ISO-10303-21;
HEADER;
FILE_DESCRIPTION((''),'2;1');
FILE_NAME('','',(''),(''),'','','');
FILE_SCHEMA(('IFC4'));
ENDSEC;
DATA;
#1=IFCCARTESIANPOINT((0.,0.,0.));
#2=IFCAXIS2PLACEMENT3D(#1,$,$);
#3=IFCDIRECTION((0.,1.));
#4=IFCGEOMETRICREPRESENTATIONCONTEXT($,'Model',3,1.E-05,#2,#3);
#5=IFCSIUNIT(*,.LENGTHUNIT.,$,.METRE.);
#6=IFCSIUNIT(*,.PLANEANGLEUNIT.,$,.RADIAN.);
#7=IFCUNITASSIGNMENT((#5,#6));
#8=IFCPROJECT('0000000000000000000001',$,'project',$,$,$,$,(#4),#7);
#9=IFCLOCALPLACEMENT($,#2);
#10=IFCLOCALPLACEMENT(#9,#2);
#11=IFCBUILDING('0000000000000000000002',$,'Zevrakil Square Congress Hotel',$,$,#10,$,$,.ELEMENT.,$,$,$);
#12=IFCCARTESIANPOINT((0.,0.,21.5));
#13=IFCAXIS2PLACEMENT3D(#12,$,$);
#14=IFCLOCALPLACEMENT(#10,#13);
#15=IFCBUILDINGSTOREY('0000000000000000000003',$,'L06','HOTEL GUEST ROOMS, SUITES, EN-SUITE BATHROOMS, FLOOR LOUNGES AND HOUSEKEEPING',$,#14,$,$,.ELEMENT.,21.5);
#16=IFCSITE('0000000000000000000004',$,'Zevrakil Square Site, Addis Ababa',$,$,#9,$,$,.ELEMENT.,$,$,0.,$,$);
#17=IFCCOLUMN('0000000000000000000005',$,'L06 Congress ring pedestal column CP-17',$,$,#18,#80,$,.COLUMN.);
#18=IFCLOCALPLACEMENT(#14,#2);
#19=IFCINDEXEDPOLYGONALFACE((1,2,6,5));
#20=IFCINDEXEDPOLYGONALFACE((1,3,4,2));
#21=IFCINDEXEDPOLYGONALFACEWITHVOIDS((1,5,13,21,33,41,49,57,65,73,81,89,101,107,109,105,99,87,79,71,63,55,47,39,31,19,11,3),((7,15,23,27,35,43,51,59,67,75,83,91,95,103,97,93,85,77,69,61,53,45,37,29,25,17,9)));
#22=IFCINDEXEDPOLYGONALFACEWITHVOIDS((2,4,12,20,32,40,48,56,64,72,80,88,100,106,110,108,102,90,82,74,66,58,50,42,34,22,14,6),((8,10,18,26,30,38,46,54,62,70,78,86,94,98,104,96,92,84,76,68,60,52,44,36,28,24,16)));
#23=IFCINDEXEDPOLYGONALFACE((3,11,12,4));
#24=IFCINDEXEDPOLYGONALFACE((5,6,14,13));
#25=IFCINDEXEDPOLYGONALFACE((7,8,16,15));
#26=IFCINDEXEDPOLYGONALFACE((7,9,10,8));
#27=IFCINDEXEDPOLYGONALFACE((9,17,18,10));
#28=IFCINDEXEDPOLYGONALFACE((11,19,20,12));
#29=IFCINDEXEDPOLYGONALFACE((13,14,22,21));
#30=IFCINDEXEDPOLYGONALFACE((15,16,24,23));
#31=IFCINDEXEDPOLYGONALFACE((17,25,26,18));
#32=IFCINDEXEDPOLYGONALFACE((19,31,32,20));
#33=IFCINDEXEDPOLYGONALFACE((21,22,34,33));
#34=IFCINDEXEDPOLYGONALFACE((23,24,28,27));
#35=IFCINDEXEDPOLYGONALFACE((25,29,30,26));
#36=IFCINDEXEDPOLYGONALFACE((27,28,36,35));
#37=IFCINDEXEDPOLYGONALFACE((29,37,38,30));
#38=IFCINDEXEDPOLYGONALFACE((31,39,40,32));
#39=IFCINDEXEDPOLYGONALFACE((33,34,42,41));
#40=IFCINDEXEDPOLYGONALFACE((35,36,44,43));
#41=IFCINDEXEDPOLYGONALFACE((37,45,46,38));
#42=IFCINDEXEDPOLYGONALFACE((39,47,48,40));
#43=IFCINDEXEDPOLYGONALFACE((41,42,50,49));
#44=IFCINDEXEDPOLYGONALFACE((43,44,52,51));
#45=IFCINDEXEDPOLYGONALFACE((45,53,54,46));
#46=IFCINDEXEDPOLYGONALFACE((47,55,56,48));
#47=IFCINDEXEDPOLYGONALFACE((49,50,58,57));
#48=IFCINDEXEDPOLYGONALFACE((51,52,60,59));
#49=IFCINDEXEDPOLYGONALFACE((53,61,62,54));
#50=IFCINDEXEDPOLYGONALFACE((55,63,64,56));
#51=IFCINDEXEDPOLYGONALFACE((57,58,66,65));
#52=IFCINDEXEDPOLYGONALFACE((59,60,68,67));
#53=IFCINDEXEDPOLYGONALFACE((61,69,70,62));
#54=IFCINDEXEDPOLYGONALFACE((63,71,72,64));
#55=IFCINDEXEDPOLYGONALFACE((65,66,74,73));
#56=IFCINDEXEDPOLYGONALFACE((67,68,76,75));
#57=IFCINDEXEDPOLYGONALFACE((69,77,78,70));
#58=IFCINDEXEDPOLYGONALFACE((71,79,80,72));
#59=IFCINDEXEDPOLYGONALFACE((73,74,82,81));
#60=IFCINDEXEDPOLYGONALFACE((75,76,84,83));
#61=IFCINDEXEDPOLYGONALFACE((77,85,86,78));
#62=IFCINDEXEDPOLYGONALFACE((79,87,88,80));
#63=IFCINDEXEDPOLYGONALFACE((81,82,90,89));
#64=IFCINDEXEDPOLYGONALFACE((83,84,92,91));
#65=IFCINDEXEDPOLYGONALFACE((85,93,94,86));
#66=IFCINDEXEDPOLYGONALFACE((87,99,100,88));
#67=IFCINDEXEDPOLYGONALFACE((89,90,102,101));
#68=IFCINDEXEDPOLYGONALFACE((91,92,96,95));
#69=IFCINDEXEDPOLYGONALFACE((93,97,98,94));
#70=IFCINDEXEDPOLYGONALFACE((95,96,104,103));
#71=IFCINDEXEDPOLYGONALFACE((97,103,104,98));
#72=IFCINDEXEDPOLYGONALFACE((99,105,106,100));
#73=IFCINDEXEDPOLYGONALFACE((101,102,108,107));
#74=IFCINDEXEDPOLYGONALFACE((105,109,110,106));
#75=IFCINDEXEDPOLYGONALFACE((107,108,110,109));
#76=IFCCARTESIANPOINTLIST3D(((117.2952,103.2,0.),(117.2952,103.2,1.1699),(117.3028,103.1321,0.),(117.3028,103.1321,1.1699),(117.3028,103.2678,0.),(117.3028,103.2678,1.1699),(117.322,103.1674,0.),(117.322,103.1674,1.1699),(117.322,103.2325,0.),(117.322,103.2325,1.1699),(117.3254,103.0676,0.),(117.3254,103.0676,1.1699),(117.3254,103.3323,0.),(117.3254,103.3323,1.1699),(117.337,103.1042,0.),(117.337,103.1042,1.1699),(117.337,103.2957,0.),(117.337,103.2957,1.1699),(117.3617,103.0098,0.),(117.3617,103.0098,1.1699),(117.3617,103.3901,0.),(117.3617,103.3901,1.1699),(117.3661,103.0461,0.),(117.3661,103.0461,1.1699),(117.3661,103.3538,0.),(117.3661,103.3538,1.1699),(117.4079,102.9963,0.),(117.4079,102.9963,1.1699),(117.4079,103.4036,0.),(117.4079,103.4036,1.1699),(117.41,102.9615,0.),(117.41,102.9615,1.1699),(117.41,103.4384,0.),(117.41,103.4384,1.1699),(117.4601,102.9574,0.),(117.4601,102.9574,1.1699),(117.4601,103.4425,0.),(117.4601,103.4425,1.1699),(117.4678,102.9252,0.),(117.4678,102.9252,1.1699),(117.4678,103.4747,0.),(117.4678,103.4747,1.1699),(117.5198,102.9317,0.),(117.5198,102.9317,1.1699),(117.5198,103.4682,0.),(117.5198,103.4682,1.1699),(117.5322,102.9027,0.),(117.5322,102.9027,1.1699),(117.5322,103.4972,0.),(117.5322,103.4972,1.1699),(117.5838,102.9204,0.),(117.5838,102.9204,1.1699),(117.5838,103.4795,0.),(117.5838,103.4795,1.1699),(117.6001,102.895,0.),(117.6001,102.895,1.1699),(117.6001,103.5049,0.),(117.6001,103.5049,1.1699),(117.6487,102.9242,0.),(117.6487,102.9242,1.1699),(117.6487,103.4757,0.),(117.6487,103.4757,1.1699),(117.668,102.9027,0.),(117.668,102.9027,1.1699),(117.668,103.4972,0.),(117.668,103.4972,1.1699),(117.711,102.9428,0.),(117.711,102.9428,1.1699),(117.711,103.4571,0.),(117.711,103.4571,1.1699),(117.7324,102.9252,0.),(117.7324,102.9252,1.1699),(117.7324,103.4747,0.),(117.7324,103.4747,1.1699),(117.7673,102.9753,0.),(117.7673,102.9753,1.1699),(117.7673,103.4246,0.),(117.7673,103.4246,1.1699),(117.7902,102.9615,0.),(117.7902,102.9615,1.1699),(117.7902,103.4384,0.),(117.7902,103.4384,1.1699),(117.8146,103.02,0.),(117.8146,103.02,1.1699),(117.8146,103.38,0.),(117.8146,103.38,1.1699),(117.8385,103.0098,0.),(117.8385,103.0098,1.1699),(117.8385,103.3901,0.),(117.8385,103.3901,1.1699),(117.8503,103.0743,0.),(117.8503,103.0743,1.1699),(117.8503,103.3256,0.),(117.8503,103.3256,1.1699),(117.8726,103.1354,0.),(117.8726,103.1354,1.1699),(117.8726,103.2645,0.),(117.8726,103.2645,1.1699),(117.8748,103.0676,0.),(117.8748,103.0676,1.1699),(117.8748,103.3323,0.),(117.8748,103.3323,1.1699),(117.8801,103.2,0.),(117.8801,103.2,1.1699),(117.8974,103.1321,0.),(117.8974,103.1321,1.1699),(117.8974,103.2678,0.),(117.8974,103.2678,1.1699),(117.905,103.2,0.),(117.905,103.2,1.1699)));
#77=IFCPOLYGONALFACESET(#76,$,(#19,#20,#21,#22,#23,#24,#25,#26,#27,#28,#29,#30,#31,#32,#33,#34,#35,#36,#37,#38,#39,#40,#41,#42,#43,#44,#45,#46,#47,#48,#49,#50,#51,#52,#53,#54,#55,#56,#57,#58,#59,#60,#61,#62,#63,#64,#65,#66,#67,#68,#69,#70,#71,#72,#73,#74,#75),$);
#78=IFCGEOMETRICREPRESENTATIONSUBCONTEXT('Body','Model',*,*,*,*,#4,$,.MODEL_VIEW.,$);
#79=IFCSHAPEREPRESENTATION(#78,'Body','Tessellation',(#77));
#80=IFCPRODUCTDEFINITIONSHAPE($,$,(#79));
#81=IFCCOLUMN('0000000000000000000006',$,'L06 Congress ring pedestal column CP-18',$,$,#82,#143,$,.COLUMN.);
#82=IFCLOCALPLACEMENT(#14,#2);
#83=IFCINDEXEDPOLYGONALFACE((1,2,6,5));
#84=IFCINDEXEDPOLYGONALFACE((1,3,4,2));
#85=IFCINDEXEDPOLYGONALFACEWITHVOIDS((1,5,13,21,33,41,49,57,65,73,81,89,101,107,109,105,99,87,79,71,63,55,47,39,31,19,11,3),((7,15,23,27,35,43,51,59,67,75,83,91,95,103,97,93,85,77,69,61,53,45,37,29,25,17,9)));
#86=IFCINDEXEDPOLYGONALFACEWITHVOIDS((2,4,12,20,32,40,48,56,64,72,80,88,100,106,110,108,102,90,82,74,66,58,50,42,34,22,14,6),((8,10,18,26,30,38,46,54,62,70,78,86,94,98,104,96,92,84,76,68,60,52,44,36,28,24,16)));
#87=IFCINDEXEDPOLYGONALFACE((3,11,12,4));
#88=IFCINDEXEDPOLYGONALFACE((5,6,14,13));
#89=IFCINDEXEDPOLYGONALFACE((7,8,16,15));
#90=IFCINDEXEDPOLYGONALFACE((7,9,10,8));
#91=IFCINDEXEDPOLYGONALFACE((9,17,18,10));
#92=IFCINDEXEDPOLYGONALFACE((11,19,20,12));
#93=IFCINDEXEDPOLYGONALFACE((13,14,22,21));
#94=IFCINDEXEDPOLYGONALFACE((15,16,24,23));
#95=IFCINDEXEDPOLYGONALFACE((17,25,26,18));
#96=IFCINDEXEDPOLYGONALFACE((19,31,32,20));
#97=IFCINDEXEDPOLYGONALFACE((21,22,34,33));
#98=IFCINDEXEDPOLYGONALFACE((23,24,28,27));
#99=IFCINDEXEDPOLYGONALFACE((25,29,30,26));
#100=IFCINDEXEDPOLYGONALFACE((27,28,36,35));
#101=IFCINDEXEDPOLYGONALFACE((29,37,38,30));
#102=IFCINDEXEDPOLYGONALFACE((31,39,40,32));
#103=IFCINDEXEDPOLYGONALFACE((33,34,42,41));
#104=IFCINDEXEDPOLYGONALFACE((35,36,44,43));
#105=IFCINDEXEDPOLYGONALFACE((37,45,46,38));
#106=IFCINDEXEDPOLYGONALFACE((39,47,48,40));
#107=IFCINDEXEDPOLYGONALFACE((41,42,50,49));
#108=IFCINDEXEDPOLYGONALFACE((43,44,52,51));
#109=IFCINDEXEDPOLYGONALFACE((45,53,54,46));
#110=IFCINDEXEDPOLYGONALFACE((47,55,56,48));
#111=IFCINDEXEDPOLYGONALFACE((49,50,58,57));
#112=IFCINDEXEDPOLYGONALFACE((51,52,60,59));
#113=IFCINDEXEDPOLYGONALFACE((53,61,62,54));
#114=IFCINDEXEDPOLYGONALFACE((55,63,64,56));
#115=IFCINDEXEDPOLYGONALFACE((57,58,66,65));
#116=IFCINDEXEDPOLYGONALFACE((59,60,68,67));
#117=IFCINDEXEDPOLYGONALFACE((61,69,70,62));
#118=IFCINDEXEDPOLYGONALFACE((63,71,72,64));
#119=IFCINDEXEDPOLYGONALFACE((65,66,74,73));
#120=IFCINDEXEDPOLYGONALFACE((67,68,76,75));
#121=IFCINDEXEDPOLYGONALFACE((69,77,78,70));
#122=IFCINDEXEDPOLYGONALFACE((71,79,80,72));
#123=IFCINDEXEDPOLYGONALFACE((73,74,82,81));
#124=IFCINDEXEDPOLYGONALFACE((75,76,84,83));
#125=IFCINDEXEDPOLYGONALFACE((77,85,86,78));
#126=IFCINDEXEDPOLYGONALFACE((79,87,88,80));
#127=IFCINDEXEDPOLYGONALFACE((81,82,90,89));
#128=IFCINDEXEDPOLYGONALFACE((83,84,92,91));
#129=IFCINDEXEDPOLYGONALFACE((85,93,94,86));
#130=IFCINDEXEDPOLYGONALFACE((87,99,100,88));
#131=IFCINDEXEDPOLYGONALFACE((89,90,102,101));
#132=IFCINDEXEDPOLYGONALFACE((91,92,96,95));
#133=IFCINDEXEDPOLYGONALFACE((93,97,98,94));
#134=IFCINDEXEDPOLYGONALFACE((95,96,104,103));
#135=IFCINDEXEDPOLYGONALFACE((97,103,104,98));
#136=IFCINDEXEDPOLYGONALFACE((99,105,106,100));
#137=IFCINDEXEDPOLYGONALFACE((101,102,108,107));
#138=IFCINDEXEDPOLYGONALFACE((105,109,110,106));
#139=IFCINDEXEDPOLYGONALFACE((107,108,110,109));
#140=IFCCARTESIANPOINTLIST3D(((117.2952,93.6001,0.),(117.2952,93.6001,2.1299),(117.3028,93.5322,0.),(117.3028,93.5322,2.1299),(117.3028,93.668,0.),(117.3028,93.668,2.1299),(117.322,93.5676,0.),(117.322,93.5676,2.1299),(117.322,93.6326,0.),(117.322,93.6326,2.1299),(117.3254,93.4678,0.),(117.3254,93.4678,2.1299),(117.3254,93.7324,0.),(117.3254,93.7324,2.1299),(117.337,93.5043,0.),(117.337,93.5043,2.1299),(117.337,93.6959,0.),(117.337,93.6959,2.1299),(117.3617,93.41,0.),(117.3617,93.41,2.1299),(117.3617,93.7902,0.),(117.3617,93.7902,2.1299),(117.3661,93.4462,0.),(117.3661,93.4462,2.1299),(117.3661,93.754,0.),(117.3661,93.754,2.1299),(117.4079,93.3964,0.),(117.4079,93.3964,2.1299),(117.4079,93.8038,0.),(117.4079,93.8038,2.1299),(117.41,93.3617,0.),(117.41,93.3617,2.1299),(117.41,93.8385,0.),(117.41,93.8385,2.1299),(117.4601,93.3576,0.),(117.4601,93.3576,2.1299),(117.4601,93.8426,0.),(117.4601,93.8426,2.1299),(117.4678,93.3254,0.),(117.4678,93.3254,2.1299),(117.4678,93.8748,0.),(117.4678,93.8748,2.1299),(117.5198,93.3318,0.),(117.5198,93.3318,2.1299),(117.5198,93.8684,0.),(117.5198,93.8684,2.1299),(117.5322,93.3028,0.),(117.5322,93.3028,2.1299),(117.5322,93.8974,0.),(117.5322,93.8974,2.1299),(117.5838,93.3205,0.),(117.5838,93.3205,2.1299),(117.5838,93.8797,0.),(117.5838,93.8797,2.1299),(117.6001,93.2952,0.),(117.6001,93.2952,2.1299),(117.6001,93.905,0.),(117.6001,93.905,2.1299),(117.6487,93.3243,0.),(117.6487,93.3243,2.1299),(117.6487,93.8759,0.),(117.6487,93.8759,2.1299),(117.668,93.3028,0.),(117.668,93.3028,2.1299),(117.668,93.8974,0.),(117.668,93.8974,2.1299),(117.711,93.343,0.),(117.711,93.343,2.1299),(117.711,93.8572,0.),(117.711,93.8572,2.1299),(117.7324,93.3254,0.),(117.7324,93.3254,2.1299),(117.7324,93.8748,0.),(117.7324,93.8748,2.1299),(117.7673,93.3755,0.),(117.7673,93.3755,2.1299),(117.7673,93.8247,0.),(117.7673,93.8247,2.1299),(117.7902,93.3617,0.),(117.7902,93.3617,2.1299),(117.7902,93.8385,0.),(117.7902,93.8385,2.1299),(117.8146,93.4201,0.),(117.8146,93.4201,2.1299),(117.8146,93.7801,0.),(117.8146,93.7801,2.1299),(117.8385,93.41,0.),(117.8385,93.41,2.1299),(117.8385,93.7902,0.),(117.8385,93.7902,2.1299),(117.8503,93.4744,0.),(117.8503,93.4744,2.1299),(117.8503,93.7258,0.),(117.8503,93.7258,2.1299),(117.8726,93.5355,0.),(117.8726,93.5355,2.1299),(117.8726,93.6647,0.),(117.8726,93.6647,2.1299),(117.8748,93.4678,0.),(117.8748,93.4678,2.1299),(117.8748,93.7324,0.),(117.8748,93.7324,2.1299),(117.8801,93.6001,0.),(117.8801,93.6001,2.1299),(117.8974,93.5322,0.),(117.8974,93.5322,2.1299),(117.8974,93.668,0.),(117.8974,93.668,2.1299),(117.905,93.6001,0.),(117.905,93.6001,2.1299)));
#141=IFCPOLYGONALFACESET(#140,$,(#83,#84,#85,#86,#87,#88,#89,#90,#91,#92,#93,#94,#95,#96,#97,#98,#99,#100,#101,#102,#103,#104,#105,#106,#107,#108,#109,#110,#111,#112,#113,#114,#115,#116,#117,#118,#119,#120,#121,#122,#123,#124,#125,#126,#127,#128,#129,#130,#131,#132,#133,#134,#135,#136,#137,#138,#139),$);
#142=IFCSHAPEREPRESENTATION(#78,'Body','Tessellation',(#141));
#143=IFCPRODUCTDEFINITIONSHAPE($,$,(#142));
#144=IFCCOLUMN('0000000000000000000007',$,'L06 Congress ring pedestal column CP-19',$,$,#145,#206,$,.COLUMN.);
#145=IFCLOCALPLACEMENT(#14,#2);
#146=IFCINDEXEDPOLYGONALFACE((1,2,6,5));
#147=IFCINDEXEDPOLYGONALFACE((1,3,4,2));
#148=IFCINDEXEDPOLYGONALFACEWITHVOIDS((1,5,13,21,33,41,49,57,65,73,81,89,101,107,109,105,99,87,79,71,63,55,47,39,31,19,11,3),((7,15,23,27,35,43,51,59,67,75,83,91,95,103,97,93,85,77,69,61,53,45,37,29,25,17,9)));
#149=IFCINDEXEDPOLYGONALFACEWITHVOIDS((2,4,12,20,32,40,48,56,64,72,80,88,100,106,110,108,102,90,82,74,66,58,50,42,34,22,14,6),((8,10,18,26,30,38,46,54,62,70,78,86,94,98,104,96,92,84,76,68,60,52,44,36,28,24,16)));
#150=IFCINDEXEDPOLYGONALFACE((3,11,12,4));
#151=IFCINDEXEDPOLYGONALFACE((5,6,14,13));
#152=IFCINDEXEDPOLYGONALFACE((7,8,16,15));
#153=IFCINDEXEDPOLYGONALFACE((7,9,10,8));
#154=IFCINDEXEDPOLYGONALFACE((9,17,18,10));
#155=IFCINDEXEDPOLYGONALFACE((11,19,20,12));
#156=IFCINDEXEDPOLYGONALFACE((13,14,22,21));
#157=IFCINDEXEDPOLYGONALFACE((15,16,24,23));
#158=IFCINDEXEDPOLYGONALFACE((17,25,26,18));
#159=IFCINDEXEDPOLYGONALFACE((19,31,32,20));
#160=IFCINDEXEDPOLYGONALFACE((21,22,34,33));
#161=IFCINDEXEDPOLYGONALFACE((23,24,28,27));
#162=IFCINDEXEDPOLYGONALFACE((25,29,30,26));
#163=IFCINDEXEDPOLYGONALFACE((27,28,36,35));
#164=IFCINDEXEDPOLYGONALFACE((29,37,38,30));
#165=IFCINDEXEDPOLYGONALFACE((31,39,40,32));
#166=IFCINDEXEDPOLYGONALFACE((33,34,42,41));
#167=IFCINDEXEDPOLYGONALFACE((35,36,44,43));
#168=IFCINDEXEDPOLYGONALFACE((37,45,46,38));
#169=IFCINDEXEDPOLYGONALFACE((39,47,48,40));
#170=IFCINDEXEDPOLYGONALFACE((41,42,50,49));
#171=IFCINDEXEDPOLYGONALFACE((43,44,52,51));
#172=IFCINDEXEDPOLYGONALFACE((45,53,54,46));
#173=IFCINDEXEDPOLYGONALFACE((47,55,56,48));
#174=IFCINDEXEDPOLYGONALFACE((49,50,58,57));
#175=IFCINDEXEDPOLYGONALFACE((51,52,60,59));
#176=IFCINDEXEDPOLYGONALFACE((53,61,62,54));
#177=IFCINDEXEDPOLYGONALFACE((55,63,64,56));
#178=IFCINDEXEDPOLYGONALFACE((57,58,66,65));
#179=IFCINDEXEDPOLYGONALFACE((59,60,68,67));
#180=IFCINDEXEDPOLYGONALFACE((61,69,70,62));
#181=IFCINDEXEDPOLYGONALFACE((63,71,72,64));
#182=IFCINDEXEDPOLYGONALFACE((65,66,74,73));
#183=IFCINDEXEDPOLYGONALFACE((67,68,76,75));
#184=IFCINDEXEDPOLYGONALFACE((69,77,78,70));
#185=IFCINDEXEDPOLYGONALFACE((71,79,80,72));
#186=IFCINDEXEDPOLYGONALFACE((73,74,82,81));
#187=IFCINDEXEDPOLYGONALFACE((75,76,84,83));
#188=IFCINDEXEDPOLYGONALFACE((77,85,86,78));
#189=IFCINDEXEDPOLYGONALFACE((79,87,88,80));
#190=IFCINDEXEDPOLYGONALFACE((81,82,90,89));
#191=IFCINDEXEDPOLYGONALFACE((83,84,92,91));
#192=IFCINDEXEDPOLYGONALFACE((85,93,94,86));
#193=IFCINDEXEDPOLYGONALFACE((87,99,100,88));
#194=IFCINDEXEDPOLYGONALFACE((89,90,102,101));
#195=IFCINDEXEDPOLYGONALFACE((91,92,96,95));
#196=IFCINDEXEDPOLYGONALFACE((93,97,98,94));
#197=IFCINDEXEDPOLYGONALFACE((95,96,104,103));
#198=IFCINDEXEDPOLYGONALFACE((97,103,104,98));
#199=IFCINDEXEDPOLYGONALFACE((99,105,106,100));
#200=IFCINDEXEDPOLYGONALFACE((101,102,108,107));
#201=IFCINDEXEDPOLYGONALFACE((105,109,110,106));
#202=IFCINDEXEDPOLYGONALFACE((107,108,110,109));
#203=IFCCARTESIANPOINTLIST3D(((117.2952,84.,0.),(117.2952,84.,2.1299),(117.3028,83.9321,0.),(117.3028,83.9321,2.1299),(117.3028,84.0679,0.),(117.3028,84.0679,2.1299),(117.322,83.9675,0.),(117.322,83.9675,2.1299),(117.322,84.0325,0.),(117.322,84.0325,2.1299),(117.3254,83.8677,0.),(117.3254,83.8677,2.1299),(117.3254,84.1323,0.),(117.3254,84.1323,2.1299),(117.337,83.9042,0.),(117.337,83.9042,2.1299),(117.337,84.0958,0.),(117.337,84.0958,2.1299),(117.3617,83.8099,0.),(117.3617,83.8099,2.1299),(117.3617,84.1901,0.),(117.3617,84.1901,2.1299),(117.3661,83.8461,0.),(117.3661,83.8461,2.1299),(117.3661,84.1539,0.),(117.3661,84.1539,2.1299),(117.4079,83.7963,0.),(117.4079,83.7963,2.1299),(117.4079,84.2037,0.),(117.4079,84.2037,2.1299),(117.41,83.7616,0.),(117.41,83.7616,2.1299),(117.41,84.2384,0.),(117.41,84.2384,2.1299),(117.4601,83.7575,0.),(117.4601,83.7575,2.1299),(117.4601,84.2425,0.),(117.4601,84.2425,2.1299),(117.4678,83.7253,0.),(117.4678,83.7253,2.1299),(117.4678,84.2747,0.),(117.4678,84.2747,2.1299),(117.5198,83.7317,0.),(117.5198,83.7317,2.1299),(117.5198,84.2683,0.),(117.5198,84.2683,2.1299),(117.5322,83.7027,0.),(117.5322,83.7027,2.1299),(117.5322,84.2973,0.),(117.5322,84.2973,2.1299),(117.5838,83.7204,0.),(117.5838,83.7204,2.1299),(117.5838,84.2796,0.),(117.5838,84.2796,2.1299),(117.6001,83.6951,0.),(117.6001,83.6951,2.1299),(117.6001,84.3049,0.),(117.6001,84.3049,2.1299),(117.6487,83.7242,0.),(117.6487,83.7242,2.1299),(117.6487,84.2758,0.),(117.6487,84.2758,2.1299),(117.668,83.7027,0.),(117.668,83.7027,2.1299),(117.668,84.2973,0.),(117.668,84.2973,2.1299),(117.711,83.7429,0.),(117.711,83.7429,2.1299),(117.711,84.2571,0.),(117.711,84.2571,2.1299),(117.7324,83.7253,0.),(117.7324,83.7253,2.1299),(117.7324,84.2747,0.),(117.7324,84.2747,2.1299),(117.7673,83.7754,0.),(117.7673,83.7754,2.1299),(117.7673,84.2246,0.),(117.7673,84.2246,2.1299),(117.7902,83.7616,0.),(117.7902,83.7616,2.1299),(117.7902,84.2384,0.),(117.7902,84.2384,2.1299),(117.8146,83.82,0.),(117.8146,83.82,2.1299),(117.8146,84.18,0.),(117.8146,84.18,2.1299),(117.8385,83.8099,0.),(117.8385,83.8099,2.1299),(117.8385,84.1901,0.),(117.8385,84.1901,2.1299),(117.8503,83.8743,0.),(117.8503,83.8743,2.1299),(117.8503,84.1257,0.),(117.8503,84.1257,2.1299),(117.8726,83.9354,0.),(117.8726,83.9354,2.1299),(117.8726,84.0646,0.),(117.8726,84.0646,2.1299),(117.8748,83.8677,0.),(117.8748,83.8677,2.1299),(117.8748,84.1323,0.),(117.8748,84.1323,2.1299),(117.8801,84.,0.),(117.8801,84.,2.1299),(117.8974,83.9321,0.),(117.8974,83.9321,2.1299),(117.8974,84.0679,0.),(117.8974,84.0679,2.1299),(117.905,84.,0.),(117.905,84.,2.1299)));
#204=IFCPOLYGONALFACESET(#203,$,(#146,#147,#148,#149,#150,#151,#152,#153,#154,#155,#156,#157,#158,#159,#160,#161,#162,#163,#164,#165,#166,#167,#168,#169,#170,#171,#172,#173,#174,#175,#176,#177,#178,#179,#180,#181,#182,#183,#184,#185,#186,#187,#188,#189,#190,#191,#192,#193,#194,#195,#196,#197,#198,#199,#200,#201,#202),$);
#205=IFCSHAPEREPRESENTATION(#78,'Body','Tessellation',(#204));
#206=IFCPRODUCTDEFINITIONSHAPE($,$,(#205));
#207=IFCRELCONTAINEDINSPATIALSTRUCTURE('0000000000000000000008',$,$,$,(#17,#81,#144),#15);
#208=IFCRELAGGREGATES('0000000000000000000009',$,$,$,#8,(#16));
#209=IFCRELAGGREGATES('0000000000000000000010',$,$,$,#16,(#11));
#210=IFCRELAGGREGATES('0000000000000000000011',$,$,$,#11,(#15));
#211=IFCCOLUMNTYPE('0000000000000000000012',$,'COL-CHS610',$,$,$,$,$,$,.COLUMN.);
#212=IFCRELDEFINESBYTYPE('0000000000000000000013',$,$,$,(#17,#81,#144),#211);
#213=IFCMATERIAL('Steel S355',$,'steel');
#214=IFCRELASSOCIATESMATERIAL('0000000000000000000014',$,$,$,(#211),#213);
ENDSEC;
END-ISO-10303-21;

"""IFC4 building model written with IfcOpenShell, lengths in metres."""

from ifc_helpers import new_model, si_unit, direction, frame, origin, origin_2d, place, context, subcontext, project, spatial, hollow_circle, extrude, material, material_profile, profile_set, type_object, element, save


model = new_model("IFC4")

# Units and contexts
model_context = context("Model", 3, precision=1e-05, world=origin(), true_north=direction((0.0, 1.0)))
body_context = subcontext(model_context, "Body", "Model", "MODEL_VIEW")
ifc_project = project(units=[si_unit("LENGTHUNIT", "METRE"), si_unit("PLANEANGLEUNIT", "RADIAN")], contexts=[model_context])

# Site, building, storey
site_placement = place(None, origin())
site = spatial("IfcSite", under=ifc_project, at=site_placement, Name="Zevrakil Square Site, Addis Ababa", CompositionType="ELEMENT", RefElevation=0.0)
building_placement = place(site_placement, origin())
building = spatial("IfcBuilding", under=site, at=building_placement, Name="Zevrakil Square Congress Hotel", CompositionType="ELEMENT")
storey_placement = place(building_placement, frame((0.0, 0.0, 21.5)))
storey = spatial("IfcBuildingStorey", under=building, at=storey_placement, Name="L06", Description="HOTEL GUEST ROOMS, SUITES, EN-SUITE BATHROOMS, FLOOR LOUNGES AND HOUSEKEEPING", CompositionType="ELEMENT", Elevation=21.5)

# Columns
ifc_material_1 = material(Name="Steel S355", Category="steel")
ifc_material_profile_1 = material_profile(ifc_material_1, hollow_circle(Radius=0.3049, WallThickness=0.0249, at=origin_2d()), Name="CHS 610x25")
ifc_profile_set_1 = profile_set([ifc_material_profile_1], Name="Steel S355")
column_type = type_object("IfcColumnType", Name="COL-CHS610", PredefinedType="COLUMN", material=ifc_profile_set_1)
column_1_placement = place(storey_placement, frame((117.6001, 103.2, 0.0), z_axis=(0.0, 0.0, 1.0), x_axis=(1.0, 0.0, 0.0)))
element("IfcColumn", 1, at=column_1_placement, inside=storey, type_object=column_type, Name="L06 Congress ring pedestal column CP-17", PredefinedType="COLUMN", context=body_context, shape_type="SweptSolid", body=[
    extrude(hollow_circle(Radius=0.3049, WallThickness=0.0249, at=origin_2d()), origin(), (0.0, 0.0, 1.0), 1.1699),
])
for number, where, z_axis, x_axis, name in (
    (2, (117.6001, 93.6001, 0.0), (0.0, 0.0, 1.0), (1.0, 0.0, 0.0), "L06 Congress ring pedestal column CP-18"),
    (3, (117.6001, 84.0, 0.0), (0.0, 0.0, 1.0), (1.0, 0.0, 0.0), "L06 Congress ring pedestal column CP-19"),
):
    element("IfcColumn", number, at=place(storey_placement, frame(where, z_axis=z_axis, x_axis=x_axis)), inside=storey, type_object=column_type, Name=name, PredefinedType="COLUMN", context=body_context, shape_type="SweptSolid", body=[
        extrude(hollow_circle(Radius=0.3049, WallThickness=0.0249, at=origin_2d()), origin(), (0.0, 0.0, 1.0), 2.1299),
    ])

save(model, "model.ifc")
